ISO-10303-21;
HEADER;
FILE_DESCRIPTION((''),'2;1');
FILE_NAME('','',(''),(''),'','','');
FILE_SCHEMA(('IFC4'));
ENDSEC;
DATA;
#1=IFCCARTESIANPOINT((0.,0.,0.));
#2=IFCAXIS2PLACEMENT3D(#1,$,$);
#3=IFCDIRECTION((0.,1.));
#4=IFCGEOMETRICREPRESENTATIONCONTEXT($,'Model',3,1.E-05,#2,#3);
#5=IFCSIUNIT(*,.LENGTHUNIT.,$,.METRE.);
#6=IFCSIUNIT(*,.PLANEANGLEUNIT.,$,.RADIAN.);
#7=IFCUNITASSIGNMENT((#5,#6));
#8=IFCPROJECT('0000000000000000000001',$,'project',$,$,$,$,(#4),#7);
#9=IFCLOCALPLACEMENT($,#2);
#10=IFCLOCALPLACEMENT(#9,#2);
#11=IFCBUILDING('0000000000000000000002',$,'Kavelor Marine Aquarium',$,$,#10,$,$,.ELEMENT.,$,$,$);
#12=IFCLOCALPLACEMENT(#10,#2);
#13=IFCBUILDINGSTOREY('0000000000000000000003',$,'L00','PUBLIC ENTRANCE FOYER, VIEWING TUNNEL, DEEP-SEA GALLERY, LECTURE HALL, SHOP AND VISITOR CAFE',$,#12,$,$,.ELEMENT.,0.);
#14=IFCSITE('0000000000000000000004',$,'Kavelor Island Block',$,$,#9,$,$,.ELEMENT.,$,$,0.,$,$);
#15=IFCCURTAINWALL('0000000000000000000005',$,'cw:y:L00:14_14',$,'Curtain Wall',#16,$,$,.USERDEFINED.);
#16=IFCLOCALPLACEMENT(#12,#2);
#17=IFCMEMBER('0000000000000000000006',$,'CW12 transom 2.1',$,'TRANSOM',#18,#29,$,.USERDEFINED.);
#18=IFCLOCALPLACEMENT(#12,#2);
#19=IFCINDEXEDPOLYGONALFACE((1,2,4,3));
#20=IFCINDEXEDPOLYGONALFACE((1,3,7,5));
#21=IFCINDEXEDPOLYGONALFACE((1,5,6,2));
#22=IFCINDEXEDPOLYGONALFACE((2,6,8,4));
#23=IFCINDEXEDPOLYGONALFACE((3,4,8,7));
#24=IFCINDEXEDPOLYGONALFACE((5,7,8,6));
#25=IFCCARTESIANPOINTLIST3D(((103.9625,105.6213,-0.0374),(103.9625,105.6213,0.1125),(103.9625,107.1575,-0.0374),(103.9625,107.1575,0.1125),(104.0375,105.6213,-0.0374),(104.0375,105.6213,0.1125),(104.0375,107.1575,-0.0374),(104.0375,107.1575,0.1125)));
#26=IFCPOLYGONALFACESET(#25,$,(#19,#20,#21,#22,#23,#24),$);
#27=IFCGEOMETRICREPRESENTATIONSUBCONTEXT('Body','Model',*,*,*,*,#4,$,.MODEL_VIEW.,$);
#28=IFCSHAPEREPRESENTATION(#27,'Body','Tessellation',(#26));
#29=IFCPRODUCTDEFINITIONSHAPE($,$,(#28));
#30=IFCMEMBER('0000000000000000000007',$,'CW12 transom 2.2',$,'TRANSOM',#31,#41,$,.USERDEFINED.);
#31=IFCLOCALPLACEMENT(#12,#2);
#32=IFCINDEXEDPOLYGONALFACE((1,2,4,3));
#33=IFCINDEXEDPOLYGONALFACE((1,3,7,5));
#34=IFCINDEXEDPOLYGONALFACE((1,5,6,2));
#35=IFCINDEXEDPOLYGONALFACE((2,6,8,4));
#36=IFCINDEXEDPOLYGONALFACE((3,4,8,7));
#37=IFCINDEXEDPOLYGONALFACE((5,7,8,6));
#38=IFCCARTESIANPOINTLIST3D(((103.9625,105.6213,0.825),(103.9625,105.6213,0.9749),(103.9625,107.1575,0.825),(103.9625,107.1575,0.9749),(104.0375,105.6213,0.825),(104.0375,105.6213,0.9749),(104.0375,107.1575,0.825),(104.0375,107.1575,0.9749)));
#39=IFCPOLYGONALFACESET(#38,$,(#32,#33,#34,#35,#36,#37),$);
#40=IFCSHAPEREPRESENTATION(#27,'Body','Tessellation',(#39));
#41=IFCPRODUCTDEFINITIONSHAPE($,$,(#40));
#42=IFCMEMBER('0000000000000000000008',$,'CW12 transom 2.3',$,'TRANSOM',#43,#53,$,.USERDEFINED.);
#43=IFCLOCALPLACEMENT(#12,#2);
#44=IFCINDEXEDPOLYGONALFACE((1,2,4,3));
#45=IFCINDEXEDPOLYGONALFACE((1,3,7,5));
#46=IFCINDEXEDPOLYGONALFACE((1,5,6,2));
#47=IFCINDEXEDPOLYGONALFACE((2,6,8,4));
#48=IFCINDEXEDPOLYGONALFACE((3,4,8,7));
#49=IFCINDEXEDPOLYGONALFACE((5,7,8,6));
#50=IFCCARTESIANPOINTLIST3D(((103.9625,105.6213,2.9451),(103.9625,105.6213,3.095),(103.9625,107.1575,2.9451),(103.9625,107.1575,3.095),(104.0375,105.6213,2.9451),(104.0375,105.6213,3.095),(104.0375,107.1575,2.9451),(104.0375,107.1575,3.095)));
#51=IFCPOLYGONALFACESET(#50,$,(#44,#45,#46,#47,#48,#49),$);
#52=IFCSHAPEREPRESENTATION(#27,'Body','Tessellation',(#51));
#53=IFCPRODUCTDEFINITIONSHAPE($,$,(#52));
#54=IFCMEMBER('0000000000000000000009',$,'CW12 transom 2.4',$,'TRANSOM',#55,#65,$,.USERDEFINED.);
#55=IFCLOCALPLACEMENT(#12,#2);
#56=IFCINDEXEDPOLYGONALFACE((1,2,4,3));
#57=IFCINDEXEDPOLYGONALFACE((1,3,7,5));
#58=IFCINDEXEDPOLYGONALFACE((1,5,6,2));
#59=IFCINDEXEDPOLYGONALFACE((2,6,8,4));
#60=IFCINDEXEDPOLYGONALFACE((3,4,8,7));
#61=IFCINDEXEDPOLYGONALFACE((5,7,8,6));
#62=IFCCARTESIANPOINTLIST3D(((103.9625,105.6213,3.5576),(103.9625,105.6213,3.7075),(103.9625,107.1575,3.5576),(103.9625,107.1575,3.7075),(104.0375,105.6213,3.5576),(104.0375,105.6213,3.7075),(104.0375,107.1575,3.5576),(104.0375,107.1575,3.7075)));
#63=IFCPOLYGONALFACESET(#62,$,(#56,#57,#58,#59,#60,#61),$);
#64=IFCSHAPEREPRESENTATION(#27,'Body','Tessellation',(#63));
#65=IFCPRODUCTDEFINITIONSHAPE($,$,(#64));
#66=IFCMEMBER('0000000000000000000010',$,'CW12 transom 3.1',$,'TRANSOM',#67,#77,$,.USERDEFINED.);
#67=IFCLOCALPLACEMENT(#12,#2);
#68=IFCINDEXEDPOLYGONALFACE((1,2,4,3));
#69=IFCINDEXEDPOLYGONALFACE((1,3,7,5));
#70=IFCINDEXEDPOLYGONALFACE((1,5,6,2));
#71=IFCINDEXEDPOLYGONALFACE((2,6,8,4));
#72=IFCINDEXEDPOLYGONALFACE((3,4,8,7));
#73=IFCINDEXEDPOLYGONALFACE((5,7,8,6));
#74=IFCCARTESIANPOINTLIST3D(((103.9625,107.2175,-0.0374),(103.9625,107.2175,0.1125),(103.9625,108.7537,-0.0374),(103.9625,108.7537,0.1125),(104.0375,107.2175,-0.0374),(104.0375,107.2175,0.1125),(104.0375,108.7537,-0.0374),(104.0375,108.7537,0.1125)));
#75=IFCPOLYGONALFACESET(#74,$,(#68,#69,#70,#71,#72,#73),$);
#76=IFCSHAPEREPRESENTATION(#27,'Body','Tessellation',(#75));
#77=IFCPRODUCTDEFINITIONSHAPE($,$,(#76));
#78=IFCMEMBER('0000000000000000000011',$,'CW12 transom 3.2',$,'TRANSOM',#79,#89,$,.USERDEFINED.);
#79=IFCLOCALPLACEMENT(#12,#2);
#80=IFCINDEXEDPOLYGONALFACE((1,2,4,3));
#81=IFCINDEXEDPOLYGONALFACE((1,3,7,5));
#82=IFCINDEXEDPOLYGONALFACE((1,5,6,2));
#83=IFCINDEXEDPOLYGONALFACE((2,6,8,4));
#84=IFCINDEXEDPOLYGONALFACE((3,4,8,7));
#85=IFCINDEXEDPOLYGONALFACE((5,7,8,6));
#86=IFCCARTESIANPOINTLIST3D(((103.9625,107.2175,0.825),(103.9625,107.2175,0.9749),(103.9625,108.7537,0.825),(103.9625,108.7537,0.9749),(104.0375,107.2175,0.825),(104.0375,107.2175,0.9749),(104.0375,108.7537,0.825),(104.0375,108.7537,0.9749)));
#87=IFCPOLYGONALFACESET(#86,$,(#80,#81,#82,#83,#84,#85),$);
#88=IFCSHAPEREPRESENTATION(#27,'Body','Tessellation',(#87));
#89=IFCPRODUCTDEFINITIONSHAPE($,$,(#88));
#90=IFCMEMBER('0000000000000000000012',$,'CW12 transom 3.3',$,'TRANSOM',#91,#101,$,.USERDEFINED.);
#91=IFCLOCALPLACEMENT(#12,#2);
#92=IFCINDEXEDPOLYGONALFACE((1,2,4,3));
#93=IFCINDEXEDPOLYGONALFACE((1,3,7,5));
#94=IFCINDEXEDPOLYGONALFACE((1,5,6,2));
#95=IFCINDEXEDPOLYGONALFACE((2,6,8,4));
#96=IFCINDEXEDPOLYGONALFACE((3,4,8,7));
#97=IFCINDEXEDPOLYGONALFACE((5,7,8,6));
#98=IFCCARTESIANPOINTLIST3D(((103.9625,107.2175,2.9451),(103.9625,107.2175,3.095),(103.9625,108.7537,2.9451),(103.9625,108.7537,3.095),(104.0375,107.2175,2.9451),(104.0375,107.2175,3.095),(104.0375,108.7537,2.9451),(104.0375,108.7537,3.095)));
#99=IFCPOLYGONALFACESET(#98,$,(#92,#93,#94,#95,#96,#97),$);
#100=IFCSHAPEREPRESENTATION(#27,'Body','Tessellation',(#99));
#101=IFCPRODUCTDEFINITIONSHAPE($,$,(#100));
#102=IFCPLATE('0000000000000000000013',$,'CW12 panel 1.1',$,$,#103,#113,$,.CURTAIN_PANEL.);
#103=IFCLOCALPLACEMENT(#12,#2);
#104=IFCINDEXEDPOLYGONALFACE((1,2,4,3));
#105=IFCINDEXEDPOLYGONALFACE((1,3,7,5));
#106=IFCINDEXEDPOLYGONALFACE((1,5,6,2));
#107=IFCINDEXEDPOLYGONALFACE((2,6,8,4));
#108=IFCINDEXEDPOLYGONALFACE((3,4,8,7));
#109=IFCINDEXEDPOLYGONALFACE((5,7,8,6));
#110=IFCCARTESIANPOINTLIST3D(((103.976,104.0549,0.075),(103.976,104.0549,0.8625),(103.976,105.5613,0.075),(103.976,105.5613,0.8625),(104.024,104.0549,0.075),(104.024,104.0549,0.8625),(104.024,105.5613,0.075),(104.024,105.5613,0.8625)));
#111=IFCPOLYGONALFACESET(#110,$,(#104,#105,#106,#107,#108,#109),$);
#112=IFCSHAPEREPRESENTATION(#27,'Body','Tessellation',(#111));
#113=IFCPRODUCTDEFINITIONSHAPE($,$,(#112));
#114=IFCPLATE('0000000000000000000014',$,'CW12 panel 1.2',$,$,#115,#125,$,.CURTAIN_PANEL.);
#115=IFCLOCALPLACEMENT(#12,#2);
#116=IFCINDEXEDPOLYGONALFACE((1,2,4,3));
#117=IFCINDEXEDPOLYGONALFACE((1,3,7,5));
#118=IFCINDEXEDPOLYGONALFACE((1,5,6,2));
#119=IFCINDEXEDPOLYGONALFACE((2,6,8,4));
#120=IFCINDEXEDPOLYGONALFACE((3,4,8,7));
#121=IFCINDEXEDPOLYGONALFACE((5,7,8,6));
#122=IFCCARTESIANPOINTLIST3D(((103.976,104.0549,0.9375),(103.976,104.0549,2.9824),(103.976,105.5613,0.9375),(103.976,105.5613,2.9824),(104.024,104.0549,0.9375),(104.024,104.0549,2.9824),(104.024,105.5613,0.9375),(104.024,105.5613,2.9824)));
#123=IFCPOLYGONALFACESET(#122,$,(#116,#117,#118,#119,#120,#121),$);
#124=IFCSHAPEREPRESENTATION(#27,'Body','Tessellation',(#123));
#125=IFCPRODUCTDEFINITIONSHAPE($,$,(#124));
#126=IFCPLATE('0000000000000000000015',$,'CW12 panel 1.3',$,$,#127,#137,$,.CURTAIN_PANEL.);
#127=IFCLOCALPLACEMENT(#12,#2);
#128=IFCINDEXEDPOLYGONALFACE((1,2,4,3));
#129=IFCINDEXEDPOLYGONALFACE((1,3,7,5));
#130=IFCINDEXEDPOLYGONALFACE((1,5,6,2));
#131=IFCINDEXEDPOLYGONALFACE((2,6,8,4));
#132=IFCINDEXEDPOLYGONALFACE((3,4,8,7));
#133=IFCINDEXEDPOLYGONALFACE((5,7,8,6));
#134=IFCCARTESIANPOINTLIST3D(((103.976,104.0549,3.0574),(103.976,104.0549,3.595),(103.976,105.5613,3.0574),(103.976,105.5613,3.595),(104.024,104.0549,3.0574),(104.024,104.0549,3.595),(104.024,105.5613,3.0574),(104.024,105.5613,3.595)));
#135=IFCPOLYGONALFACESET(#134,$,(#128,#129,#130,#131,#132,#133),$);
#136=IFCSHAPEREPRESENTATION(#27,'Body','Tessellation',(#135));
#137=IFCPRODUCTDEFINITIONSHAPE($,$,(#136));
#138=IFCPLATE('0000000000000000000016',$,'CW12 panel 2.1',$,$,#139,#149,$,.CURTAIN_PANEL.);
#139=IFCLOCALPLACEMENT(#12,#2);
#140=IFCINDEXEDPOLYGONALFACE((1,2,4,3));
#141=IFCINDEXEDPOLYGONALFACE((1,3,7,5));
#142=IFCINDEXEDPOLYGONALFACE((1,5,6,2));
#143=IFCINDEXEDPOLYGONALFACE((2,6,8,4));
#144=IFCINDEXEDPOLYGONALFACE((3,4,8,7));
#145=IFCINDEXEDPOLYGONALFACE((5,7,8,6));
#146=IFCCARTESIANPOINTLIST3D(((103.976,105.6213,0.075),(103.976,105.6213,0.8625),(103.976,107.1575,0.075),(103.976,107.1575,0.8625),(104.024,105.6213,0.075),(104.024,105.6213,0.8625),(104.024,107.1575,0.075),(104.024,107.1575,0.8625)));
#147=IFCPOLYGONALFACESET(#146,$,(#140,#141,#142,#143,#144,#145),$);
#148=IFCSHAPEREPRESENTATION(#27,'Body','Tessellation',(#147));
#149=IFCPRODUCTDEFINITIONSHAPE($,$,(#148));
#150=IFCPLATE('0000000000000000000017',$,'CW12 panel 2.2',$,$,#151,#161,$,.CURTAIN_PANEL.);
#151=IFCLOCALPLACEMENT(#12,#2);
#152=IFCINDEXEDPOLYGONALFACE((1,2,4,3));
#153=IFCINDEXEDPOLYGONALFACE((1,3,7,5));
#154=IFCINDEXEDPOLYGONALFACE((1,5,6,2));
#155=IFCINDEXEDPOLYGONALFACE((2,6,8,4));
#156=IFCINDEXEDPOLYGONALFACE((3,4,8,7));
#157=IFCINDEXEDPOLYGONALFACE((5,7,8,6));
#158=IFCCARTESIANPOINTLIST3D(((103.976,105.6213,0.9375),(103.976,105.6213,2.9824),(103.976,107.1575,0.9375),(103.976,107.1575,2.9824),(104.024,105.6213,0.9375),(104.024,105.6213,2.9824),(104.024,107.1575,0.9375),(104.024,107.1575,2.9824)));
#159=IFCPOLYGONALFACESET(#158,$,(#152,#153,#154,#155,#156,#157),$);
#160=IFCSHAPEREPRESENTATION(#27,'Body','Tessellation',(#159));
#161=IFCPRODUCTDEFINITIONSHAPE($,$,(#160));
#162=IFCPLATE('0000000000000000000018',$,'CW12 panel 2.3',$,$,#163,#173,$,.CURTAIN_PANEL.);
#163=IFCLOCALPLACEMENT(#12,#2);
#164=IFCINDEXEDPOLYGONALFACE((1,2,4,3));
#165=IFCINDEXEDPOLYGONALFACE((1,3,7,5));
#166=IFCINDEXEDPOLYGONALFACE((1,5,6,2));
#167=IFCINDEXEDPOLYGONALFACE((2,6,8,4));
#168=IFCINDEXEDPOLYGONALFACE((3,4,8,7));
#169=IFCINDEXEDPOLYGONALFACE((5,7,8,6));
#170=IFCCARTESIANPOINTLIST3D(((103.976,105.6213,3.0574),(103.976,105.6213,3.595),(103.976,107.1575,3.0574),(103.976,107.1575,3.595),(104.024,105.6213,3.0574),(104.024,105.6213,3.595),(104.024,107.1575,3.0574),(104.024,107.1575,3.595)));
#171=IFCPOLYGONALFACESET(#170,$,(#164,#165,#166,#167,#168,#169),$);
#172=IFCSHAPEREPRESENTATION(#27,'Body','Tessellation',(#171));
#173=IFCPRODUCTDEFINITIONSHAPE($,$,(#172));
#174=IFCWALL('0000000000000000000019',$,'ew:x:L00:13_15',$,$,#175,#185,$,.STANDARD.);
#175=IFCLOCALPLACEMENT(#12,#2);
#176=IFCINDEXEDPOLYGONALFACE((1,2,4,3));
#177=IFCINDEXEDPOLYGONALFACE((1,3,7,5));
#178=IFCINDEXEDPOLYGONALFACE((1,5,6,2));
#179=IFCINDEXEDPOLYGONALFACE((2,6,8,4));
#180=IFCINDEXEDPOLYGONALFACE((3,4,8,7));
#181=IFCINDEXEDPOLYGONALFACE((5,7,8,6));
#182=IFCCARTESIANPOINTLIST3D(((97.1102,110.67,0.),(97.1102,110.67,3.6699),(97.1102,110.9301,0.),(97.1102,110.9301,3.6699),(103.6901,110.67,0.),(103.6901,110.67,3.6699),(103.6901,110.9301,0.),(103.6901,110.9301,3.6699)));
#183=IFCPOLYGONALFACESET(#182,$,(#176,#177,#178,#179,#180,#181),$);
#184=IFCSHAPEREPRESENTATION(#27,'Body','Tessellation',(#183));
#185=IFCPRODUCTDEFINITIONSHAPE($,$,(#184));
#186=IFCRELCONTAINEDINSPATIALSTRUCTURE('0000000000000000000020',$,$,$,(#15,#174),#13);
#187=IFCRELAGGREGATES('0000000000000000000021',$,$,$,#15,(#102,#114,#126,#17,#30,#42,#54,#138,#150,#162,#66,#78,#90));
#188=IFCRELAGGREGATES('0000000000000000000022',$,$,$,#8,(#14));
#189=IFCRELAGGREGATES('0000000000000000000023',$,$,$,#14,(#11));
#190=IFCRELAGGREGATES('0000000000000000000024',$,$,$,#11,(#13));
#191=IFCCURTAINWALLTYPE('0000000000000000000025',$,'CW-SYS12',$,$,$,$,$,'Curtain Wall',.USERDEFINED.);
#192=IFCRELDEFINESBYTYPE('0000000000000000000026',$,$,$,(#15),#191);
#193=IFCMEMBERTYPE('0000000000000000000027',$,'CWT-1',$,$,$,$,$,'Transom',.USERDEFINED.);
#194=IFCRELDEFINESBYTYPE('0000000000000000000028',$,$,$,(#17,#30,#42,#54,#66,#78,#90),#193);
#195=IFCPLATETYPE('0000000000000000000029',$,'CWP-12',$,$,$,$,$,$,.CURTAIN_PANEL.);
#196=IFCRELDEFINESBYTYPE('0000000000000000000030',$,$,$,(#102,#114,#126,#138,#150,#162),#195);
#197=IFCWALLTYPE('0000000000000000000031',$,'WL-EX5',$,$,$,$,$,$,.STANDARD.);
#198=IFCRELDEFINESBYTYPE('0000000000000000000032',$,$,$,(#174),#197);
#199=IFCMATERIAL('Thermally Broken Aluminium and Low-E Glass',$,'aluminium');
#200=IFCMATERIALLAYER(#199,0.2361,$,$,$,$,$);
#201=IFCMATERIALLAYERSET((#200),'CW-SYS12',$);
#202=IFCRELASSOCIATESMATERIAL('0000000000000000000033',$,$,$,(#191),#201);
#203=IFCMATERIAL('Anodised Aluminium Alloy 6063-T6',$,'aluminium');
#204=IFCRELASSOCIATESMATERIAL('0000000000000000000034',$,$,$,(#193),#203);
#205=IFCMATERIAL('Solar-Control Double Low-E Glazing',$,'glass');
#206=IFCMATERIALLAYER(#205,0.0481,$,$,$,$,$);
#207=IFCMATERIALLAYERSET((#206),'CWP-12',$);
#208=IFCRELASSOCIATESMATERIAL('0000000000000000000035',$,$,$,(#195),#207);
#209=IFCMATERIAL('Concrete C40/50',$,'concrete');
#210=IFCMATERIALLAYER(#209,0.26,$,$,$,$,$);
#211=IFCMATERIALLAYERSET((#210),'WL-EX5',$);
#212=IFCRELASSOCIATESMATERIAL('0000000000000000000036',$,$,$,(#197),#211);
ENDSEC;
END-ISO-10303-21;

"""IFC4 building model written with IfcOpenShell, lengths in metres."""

from ifc_helpers import new_model, si_unit, direction, frame, frame_2d, origin, origin_2d, place, context, subcontext, project, spatial, rectangle, extrude, material, layer, layer_set, material_profile, profile_set, type_object, element, aggregate, save


model = new_model("IFC4")

# Units and contexts
model_context = context("Model", 3, precision=1e-05, world=origin(), true_north=direction((0.0, 1.0)))
body_context = subcontext(model_context, "Body", "Model", "MODEL_VIEW")
ifc_project = project(units=[si_unit("LENGTHUNIT", "METRE"), si_unit("PLANEANGLEUNIT", "RADIAN")], contexts=[model_context])

# Site, building, storey
site_placement = place(None, origin())
site = spatial("IfcSite", under=ifc_project, at=site_placement, Name="Kavelor Island Block", CompositionType="ELEMENT", RefElevation=0.0)
building_placement = place(site_placement, origin())
building = spatial("IfcBuilding", under=site, at=building_placement, Name="Kavelor Marine Aquarium", CompositionType="ELEMENT")
storey_placement = place(building_placement, origin())
storey = spatial("IfcBuildingStorey", under=building, at=storey_placement, Name="L00", Description="PUBLIC ENTRANCE FOYER, VIEWING TUNNEL, DEEP-SEA GALLERY, LECTURE HALL, SHOP AND VISITOR CAFE", CompositionType="ELEMENT", Elevation=0.0)

# Curtain wall, members, plates
ifc_material_1 = material(Name="Thermally Broken Aluminium and Low-E Glass", Category="aluminium")
ifc_layer_1 = layer(ifc_material_1, 0.2361)
ifc_layer_set_1 = layer_set([ifc_layer_1], Name="CW-SYS12")
curtain_wall_type = type_object("IfcCurtainWallType", Name="CW-SYS12", ElementType="Curtain Wall", PredefinedType="USERDEFINED", material=ifc_layer_set_1)
curtain_wall_placement = place(storey_placement, origin())
curtain_wall = element("IfcCurtainWall", 1, at=curtain_wall_placement, inside=storey, type_object=curtain_wall_type, Name="cw:y:L00:14_14", ObjectType="Curtain Wall", PredefinedType="USERDEFINED")
ifc_material_2 = material(Name="Anodised Aluminium Alloy 6063-T6", Category="aluminium")
ifc_material_profile_1 = material_profile(ifc_material_2, rectangle(XDim=0.075, YDim=0.1499, at=origin_2d()), Name="CW-TRN 75x150")
ifc_profile_set_1 = profile_set([ifc_material_profile_1], Name="Anodised Aluminium Alloy 6063-T6")
member_type_1 = type_object("IfcMemberType", Name="CWT-1", ElementType="Transom", PredefinedType="USERDEFINED", material=ifc_profile_set_1)
member_1_placement = place(storey_placement, frame((104.0, 105.6213, 0.0376), z_axis=(0.0, 1.0, 0.0), x_axis=(-1.0, 0.0, 0.0)))
member_1 = element("IfcMember", 2, at=member_1_placement, type_object=member_type_1, Name="CW12 transom 2.1", ObjectType="TRANSOM", PredefinedType="USERDEFINED", context=body_context, shape_type="SweptSolid", body=[
    extrude(rectangle(XDim=0.075, YDim=0.1499, at=origin_2d()), origin(), (0.0, 0.0, 1.0), 1.5361),
])
member_2_placement = place(storey_placement, frame((104.0, 105.6213, 0.8999), z_axis=(0.0, 1.0, 0.0), x_axis=(-1.0, 0.0, 0.0)))
member_2 = element("IfcMember", 3, at=member_2_placement, type_object=member_type_1, Name="CW12 transom 2.2", ObjectType="TRANSOM", PredefinedType="USERDEFINED", context=body_context, shape_type="SweptSolid", body=[
    extrude(rectangle(XDim=0.075, YDim=0.1499, at=origin_2d()), origin(), (0.0, 0.0, 1.0), 1.5361),
])
member_3_placement = place(storey_placement, frame((104.0, 105.6213, 3.02), z_axis=(0.0, 1.0, 0.0), x_axis=(-1.0, 0.0, 0.0)))
member_3 = element("IfcMember", 4, at=member_3_placement, type_object=member_type_1, Name="CW12 transom 2.3", ObjectType="TRANSOM", PredefinedType="USERDEFINED", context=body_context, shape_type="SweptSolid", body=[
    extrude(rectangle(XDim=0.075, YDim=0.1499, at=origin_2d()), origin(), (0.0, 0.0, 1.0), 1.5361),
])
member_4_placement = place(storey_placement, frame((104.0, 105.6213, 3.6326), z_axis=(0.0, 1.0, 0.0), x_axis=(-1.0, 0.0, 0.0)))
member_4 = element("IfcMember", 5, at=member_4_placement, type_object=member_type_1, Name="CW12 transom 2.4", ObjectType="TRANSOM", PredefinedType="USERDEFINED", context=body_context, shape_type="SweptSolid", body=[
    extrude(rectangle(XDim=0.075, YDim=0.1499, at=origin_2d()), origin(), (0.0, 0.0, 1.0), 1.5361),
])
member_5_placement = place(storey_placement, frame((104.0, 107.2175, 0.0376), z_axis=(0.0, 1.0, 0.0), x_axis=(-1.0, 0.0, 0.0)))
member_5 = element("IfcMember", 6, at=member_5_placement, type_object=member_type_1, Name="CW12 transom 3.1", ObjectType="TRANSOM", PredefinedType="USERDEFINED", context=body_context, shape_type="SweptSolid", body=[
    extrude(rectangle(XDim=0.075, YDim=0.1499, at=origin_2d()), origin(), (0.0, 0.0, 1.0), 1.5361),
])
member_6_placement = place(storey_placement, frame((104.0, 107.2175, 0.8999), z_axis=(0.0, 1.0, 0.0), x_axis=(-1.0, 0.0, 0.0)))
member_6 = element("IfcMember", 7, at=member_6_placement, type_object=member_type_1, Name="CW12 transom 3.2", ObjectType="TRANSOM", PredefinedType="USERDEFINED", context=body_context, shape_type="SweptSolid", body=[
    extrude(rectangle(XDim=0.075, YDim=0.1499, at=origin_2d()), origin(), (0.0, 0.0, 1.0), 1.5361),
])
member_7_placement = place(storey_placement, frame((104.0, 107.2175, 3.02), z_axis=(0.0, 1.0, 0.0), x_axis=(-1.0, 0.0, 0.0)))
member_7 = element("IfcMember", 8, at=member_7_placement, type_object=member_type_1, Name="CW12 transom 3.3", ObjectType="TRANSOM", PredefinedType="USERDEFINED", context=body_context, shape_type="SweptSolid", body=[
    extrude(rectangle(XDim=0.075, YDim=0.1499, at=origin_2d()), origin(), (0.0, 0.0, 1.0), 1.5361),
])
ifc_material_3 = material(Name="Solar-Control Double Low-E Glazing", Category="glass")
ifc_layer_2 = layer(ifc_material_3, 0.0481)
ifc_layer_set_2 = layer_set([ifc_layer_2], Name="CWP-12")
plate_type = type_object("IfcPlateType", Name="CWP-12", PredefinedType="CURTAIN_PANEL", material=ifc_layer_set_2)
plate_1_placement = place(storey_placement, frame((104.0, 104.8081, 0.075), z_axis=(0.0, 0.0, 1.0), x_axis=(0.0, 1.0, 0.0)))
plate_1 = element("IfcPlate", 9, at=plate_1_placement, type_object=plate_type, Name="CW12 panel 1.1", PredefinedType="CURTAIN_PANEL", context=body_context, shape_type="SweptSolid", body=[
    extrude(rectangle(XDim=1.5063, YDim=0.0481, at=origin_2d()), origin(), (0.0, 0.0, 1.0), 0.7876),
])
plate_2_placement = place(storey_placement, frame((104.0, 104.8081, 0.9375), z_axis=(0.0, 0.0, 1.0), x_axis=(0.0, 1.0, 0.0)))
plate_2 = element("IfcPlate", 10, at=plate_2_placement, type_object=plate_type, Name="CW12 panel 1.2", PredefinedType="CURTAIN_PANEL", context=body_context, shape_type="SweptSolid", body=[
    extrude(rectangle(XDim=1.5063, YDim=0.0481, at=origin_2d()), origin(), (0.0, 0.0, 1.0), 2.0449),
])
plate_3_placement = place(storey_placement, frame((104.0, 104.8081, 3.0574), z_axis=(0.0, 0.0, 1.0), x_axis=(0.0, 1.0, 0.0)))
plate_3 = element("IfcPlate", 11, at=plate_3_placement, type_object=plate_type, Name="CW12 panel 1.3", PredefinedType="CURTAIN_PANEL", context=body_context, shape_type="SweptSolid", body=[
    extrude(rectangle(XDim=1.5063, YDim=0.0481, at=origin_2d()), origin(), (0.0, 0.0, 1.0), 0.5376),
])
plate_4_placement = place(storey_placement, frame((104.0, 106.3894, 0.075), z_axis=(0.0, 0.0, 1.0), x_axis=(0.0, 1.0, 0.0)))
plate_4 = element("IfcPlate", 12, at=plate_4_placement, type_object=plate_type, Name="CW12 panel 2.1", PredefinedType="CURTAIN_PANEL", context=body_context, shape_type="SweptSolid", body=[
    extrude(rectangle(XDim=1.5361, YDim=0.0481, at=origin_2d()), origin(), (0.0, 0.0, 1.0), 0.7876),
])
plate_5_placement = place(storey_placement, frame((104.0, 106.3894, 0.9375), z_axis=(0.0, 0.0, 1.0), x_axis=(0.0, 1.0, 0.0)))
plate_5 = element("IfcPlate", 13, at=plate_5_placement, type_object=plate_type, Name="CW12 panel 2.2", PredefinedType="CURTAIN_PANEL", context=body_context, shape_type="SweptSolid", body=[
    extrude(rectangle(XDim=1.5361, YDim=0.0481, at=origin_2d()), origin(), (0.0, 0.0, 1.0), 2.0449),
])
plate_6_placement = place(storey_placement, frame((104.0, 106.3894, 3.0574), z_axis=(0.0, 0.0, 1.0), x_axis=(0.0, 1.0, 0.0)))
plate_6 = element("IfcPlate", 14, at=plate_6_placement, type_object=plate_type, Name="CW12 panel 2.3", PredefinedType="CURTAIN_PANEL", context=body_context, shape_type="SweptSolid", body=[
    extrude(rectangle(XDim=1.5361, YDim=0.0481, at=origin_2d()), origin(), (0.0, 0.0, 1.0), 0.5376),
])
aggregate(curtain_wall, [plate_1, plate_2, plate_3, member_1, member_2, member_3, member_4, plate_4, plate_5, plate_6, member_5, member_6, member_7])

# Wall
ifc_material_4 = material(Name="Concrete C40/50", Category="concrete")
ifc_layer_3 = layer(ifc_material_4, 0.26)
ifc_layer_set_3 = layer_set([ifc_layer_3], Name="WL-EX5")
wall_type = type_object("IfcWallType", Name="WL-EX5", PredefinedType="STANDARD", material=ifc_layer_set_3)
wall_placement = place(storey_placement, frame((97.1101, 110.8, 0.0), z_axis=(0.0, 0.0, 1.0), x_axis=(1.0, 0.0, 0.0)))
element("IfcWall", 15, at=wall_placement, inside=storey, type_object=wall_type, Name="ew:x:L00:13_15", PredefinedType="STANDARD", context=body_context, shape_type="SweptSolid", body=[
    extrude(rectangle(XDim=6.5798, YDim=0.26, at=frame_2d((3.29, 0.0))), origin(), (0.0, 0.0, 1.0), 3.6699),
])

save(model, "model.ifc")
